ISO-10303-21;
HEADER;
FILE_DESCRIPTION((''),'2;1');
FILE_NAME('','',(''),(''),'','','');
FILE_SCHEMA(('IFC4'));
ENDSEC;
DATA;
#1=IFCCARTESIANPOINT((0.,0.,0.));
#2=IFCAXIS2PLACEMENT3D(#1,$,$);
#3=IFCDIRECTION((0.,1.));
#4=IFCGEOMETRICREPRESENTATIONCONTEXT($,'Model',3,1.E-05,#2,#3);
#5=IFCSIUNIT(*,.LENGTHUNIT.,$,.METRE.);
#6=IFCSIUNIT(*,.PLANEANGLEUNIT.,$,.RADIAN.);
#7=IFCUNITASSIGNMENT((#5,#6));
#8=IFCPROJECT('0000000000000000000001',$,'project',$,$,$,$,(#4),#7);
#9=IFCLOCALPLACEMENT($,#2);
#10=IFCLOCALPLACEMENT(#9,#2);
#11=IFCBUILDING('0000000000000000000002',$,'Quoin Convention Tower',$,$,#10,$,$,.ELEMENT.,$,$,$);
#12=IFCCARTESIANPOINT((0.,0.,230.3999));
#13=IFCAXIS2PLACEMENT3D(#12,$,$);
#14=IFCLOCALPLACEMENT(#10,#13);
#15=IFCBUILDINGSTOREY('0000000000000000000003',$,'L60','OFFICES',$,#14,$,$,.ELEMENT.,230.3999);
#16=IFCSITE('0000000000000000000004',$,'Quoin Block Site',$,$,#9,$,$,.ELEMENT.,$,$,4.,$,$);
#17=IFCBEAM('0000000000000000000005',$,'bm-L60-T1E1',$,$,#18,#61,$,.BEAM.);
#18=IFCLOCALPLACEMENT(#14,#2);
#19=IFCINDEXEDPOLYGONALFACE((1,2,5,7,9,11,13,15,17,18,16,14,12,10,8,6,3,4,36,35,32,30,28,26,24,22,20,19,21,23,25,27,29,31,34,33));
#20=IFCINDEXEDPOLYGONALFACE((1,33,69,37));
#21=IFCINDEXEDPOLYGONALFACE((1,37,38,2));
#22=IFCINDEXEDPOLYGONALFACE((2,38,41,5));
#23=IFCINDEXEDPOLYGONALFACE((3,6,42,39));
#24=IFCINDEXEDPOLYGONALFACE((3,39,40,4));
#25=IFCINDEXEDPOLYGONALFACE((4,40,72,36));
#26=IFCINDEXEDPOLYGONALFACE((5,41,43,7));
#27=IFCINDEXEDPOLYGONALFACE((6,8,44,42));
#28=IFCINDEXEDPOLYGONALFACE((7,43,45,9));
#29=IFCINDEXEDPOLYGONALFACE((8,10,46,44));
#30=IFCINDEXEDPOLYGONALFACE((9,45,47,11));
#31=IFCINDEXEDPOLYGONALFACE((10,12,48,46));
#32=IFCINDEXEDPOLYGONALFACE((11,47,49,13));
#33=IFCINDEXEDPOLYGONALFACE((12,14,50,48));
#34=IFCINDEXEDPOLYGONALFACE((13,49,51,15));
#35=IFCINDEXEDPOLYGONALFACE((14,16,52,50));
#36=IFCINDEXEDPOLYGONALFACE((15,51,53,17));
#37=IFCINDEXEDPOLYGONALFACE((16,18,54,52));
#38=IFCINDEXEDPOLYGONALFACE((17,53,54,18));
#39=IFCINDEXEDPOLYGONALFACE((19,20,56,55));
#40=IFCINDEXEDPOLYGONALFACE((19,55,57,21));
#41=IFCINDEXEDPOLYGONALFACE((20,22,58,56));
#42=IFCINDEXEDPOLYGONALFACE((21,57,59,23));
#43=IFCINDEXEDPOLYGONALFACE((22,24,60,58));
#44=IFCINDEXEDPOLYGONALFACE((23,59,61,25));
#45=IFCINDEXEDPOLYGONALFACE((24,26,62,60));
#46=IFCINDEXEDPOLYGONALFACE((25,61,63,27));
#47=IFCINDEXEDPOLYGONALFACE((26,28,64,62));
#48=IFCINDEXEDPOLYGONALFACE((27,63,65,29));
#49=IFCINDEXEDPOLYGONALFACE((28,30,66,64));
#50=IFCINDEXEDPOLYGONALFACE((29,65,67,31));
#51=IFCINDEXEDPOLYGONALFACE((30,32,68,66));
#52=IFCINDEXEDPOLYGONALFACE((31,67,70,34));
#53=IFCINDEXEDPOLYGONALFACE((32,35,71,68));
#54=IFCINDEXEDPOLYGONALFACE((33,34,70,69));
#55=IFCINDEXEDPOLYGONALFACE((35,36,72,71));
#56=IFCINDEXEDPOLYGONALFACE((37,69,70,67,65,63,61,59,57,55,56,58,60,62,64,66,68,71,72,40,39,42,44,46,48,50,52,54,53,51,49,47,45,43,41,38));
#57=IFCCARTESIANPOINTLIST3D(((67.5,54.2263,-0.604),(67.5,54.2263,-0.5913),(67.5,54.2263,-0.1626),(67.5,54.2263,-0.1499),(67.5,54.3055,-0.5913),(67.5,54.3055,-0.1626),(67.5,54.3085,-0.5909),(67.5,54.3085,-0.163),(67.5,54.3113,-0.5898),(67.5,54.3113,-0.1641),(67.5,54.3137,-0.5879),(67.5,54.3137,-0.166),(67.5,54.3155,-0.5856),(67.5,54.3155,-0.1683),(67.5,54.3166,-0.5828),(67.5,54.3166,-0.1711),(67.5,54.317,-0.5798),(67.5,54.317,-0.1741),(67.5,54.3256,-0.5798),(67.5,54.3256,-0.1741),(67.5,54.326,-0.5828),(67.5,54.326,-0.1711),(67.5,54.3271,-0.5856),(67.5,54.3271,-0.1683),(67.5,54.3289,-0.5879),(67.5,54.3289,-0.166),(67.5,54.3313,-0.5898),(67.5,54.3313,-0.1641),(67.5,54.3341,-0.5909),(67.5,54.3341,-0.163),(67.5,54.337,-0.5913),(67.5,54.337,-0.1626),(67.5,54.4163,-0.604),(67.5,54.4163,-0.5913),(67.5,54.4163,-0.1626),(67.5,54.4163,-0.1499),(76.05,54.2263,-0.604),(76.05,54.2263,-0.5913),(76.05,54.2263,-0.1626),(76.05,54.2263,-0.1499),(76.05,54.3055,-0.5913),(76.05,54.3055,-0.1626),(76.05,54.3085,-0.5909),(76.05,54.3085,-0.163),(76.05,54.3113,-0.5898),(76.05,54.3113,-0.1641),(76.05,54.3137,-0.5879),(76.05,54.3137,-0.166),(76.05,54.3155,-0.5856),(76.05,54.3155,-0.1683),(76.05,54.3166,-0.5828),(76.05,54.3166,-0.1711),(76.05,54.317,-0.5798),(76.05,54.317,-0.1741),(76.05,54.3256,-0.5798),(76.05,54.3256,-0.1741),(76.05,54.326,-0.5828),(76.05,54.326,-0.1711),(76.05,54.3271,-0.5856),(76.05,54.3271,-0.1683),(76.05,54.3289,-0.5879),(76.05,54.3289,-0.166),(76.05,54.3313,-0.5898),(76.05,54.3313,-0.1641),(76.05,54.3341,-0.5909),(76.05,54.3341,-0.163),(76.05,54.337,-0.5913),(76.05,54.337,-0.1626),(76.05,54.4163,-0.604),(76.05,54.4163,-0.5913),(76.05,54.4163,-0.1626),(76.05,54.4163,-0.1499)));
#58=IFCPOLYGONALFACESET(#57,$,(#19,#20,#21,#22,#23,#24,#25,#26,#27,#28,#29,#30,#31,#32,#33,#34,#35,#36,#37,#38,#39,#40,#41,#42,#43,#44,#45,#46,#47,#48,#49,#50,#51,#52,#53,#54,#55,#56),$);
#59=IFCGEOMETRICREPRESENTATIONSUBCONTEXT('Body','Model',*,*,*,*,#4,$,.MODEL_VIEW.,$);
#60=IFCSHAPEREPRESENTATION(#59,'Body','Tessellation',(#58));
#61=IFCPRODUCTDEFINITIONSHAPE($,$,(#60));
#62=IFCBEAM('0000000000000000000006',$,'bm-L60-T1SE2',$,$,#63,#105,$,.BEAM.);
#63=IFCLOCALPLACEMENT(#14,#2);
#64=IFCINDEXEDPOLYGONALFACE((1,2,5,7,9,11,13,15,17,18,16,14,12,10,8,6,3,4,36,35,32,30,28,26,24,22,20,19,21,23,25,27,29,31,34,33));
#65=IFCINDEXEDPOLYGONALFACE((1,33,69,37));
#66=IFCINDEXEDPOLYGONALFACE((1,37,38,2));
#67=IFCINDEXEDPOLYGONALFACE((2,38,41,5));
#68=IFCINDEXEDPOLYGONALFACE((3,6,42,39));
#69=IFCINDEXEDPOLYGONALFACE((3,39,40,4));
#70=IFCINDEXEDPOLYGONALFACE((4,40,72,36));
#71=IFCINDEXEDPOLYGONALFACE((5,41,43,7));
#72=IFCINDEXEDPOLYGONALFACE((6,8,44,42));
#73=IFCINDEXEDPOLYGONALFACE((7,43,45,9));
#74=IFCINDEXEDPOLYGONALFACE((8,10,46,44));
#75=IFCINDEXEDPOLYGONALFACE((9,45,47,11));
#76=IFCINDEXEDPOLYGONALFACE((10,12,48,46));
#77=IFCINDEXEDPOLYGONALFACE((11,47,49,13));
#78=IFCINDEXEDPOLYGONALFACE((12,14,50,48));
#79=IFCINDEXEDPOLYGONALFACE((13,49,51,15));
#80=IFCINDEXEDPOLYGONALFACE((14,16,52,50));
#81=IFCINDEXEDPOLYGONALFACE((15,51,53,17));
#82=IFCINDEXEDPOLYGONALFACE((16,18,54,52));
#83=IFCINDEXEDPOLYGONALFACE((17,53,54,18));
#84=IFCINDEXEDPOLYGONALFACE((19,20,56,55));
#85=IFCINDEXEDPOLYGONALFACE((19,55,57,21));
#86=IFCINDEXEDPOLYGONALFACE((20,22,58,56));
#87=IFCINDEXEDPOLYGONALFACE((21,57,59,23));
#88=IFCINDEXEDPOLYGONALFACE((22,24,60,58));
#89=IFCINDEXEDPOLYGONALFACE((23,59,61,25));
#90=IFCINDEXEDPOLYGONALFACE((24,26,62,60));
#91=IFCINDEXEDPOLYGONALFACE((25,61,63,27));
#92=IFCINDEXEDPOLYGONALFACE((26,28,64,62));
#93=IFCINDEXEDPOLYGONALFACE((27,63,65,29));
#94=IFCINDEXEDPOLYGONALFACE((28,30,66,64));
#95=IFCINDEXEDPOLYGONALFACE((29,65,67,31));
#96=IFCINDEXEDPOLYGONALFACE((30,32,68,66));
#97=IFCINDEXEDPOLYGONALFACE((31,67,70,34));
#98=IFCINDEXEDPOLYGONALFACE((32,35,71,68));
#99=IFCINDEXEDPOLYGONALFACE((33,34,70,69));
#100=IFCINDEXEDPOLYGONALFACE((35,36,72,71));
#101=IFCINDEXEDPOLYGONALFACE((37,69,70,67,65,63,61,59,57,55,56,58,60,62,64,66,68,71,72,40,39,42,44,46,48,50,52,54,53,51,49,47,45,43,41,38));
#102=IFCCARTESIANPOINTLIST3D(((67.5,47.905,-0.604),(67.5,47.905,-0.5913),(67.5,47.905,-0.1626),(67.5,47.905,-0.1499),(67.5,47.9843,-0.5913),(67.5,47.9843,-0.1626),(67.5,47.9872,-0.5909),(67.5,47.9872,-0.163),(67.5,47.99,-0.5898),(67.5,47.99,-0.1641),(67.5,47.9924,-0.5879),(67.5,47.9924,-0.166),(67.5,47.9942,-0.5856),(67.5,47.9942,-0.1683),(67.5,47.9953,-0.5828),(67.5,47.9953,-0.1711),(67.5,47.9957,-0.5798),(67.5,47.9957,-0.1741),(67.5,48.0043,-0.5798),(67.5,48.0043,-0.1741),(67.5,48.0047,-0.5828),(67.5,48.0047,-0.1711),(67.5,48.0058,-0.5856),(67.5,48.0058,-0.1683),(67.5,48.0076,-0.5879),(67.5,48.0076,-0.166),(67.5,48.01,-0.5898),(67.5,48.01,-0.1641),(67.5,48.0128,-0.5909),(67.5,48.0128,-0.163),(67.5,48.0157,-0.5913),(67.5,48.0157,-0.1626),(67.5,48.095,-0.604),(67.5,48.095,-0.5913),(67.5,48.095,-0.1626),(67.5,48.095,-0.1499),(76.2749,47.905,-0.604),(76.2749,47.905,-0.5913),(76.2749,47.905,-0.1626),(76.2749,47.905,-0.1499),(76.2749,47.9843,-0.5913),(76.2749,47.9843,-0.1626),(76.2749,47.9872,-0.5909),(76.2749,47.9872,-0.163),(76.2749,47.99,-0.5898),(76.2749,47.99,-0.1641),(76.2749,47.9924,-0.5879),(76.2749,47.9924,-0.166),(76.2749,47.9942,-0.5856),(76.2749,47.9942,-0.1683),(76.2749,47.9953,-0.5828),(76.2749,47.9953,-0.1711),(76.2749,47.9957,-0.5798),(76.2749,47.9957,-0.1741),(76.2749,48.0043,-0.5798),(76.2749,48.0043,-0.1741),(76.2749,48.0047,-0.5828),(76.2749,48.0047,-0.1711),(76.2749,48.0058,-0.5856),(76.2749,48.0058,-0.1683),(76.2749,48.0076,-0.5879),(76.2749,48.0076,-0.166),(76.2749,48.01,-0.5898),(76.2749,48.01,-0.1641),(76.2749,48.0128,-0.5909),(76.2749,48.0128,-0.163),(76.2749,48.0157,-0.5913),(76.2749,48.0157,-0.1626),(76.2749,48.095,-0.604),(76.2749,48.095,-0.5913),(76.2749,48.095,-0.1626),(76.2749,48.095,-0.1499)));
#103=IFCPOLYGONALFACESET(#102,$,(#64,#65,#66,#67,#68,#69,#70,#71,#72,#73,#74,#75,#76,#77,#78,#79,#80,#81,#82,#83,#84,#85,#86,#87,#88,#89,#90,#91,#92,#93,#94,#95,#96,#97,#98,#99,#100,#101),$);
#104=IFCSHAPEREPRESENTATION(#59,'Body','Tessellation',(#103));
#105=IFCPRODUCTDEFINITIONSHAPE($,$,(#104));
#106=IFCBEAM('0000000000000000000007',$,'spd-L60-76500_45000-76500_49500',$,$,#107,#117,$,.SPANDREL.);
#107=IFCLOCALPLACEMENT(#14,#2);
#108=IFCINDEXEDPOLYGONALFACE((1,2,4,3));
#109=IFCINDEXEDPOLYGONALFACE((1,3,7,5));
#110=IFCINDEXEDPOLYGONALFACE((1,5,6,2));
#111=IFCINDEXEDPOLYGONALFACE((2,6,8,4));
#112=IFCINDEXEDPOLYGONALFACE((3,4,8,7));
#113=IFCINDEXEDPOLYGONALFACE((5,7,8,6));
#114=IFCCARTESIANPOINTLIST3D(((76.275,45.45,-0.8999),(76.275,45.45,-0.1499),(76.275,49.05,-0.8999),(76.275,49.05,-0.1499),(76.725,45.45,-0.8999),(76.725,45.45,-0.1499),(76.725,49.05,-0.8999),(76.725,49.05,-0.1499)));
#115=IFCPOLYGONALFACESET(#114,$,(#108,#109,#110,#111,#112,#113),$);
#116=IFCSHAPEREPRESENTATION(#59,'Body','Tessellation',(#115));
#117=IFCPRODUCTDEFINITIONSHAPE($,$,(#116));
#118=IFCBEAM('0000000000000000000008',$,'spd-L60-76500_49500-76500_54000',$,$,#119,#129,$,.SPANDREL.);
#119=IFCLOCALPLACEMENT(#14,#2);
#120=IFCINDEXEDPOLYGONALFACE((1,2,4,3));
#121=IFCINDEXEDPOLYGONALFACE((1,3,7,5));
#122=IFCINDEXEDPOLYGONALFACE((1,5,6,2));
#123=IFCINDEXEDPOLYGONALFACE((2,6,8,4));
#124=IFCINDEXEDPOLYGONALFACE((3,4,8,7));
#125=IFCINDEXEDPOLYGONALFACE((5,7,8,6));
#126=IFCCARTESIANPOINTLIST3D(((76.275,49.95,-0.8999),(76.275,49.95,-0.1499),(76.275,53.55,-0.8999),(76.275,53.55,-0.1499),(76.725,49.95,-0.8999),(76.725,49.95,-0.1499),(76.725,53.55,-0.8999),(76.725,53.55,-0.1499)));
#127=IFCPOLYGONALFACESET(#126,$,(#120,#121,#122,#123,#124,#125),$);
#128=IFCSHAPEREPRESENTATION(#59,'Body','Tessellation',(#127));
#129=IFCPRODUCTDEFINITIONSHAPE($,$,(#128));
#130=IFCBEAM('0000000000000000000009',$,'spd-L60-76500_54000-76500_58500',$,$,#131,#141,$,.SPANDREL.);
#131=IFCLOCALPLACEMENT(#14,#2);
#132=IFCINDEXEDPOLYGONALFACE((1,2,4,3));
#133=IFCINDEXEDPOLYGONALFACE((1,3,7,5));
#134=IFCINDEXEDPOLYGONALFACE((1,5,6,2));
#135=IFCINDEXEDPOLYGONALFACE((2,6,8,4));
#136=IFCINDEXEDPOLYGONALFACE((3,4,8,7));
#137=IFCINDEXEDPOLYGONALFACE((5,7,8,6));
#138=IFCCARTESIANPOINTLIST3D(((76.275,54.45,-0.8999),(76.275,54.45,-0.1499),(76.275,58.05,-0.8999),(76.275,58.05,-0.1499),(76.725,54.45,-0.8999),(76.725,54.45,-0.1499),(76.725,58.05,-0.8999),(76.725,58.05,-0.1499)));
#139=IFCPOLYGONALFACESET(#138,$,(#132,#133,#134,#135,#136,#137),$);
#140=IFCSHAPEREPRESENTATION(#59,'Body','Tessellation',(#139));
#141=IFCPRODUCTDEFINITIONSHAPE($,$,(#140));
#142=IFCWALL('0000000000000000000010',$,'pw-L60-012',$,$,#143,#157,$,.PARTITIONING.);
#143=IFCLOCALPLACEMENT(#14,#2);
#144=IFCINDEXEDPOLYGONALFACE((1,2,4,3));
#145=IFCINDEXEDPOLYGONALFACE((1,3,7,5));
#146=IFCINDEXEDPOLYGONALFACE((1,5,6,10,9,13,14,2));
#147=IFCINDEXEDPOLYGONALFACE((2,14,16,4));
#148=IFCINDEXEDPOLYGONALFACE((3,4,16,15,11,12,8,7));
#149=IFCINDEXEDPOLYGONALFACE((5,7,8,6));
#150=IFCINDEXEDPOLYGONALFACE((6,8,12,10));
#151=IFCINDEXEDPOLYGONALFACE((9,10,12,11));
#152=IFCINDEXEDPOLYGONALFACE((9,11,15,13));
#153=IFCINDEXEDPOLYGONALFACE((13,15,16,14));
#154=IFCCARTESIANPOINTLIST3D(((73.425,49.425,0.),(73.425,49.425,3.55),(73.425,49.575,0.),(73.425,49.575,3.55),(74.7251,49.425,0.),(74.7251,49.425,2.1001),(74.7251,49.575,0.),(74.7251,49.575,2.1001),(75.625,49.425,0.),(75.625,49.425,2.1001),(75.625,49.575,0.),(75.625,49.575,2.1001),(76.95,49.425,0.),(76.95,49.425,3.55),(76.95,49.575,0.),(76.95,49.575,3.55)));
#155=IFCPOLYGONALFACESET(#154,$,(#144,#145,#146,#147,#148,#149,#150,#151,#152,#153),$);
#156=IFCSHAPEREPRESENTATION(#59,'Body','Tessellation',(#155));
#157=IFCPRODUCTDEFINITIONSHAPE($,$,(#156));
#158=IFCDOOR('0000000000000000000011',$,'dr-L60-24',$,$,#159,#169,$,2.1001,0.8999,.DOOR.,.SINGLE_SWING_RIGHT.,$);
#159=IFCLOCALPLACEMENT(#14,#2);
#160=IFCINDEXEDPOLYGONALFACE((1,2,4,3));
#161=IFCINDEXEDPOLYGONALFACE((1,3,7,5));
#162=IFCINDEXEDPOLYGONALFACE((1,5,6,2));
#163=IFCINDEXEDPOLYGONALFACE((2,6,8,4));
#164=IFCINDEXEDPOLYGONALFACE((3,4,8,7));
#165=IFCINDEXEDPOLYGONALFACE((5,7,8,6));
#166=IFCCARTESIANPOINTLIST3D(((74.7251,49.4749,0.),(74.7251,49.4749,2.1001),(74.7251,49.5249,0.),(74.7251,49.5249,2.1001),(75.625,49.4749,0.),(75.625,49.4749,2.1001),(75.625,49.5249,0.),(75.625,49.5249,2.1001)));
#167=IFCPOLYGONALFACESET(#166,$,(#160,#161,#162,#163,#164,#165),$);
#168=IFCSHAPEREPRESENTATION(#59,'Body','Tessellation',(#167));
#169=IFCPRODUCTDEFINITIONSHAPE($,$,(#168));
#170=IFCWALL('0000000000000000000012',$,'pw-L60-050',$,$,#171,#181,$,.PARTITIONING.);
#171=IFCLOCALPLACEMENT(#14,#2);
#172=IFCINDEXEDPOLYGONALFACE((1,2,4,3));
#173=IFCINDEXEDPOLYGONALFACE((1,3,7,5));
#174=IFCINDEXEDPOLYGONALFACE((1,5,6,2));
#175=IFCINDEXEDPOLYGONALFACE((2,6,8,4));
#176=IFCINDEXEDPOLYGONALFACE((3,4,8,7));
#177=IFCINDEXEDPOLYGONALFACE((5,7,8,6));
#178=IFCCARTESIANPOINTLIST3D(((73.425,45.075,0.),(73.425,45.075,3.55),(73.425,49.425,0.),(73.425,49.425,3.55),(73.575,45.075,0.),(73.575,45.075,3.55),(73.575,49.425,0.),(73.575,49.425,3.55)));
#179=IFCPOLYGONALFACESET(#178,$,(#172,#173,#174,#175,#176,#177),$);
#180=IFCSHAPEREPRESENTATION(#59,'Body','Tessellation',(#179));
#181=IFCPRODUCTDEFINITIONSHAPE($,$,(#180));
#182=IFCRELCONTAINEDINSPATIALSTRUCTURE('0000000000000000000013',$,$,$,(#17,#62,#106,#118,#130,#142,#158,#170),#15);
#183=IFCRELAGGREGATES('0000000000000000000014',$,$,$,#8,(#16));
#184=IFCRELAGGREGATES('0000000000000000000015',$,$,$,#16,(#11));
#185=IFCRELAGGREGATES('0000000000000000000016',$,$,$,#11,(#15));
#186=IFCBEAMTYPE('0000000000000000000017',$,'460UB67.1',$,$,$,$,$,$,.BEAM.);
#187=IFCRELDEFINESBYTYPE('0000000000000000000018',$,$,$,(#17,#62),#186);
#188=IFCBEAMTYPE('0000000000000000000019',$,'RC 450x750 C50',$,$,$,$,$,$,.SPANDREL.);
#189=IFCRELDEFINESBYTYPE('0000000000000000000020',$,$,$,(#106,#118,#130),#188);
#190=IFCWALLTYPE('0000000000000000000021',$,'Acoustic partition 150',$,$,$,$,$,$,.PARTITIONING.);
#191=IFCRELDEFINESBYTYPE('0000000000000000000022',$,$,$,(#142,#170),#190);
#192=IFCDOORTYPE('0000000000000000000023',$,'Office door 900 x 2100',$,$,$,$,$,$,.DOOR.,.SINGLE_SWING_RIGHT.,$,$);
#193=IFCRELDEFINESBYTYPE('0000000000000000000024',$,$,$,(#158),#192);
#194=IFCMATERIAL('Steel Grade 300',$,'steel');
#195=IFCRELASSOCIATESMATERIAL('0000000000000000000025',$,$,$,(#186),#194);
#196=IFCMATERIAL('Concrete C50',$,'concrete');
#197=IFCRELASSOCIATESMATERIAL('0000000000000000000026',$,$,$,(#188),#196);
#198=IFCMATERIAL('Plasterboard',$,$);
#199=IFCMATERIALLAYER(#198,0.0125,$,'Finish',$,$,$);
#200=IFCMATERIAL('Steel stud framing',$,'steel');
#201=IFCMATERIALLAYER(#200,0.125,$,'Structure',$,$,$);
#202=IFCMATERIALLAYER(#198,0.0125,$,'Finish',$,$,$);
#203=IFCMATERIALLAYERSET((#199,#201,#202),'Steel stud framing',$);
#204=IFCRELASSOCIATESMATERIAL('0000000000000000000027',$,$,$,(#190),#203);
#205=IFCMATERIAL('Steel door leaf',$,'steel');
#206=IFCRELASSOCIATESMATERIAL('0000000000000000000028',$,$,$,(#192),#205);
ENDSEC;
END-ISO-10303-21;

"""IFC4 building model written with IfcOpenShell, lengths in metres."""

from ifc_helpers import new_model, si_unit, direction, frame, frame_2d, origin, origin_2d, place, context, subcontext, project, spatial, rectangle, i_section, extrude, material, layer, layer_set, material_profile, profile_set, type_object, element, fill, save


model = new_model("IFC4")

# Units and contexts
model_context = context("Model", 3, precision=1e-05, world=origin(), true_north=direction((0.0, 1.0)))
body_context = subcontext(model_context, "Body", "Model", "MODEL_VIEW")
ifc_project = project(units=[si_unit("LENGTHUNIT", "METRE"), si_unit("PLANEANGLEUNIT", "RADIAN")], contexts=[model_context])

# Site, building, storey
site_placement = place(None, origin())
site = spatial("IfcSite", under=ifc_project, at=site_placement, Name="Quoin Block Site", CompositionType="ELEMENT", RefElevation=4.0)
building_placement = place(site_placement, origin())
building = spatial("IfcBuilding", under=site, at=building_placement, Name="Quoin Convention Tower", CompositionType="ELEMENT")
storey_placement = place(building_placement, frame((0.0, 0.0, 230.3999)))
storey = spatial("IfcBuildingStorey", under=building, at=storey_placement, Name="L60", Description="OFFICES", CompositionType="ELEMENT", Elevation=230.3999)

# Shared definitions
ifc_material_1 = material(Name="Concrete C50", Category="concrete")

# Beams
ifc_material_2 = material(Name="Steel Grade 300", Category="steel")
ifc_material_profile_1 = material_profile(ifc_material_2, i_section(OverallWidth=0.1899, OverallDepth=0.4541, WebThickness=0.0085, FlangeThickness=0.0127, FilletRadius=0.0115, at=origin_2d()), Name="460UB67.1")
ifc_profile_set_1 = profile_set([ifc_material_profile_1], Name="Steel Grade 300")
beam_type_1 = type_object("IfcBeamType", Name="460UB67.1", PredefinedType="BEAM", material=ifc_profile_set_1)
beam_1_placement = place(storey_placement, frame((67.5, 54.3213, -0.377), z_axis=(1.0, 0.0, 0.0), x_axis=(0.0, 1.0, 0.0)))
element("IfcBeam", 1, at=beam_1_placement, inside=storey, type_object=beam_type_1, Name="bm-L60-T1E1", PredefinedType="BEAM", context=body_context, shape_type="SweptSolid", body=[
    extrude(i_section(OverallWidth=0.1899, OverallDepth=0.4541, WebThickness=0.0085, FlangeThickness=0.0127, FilletRadius=0.0115, at=origin_2d()), origin(), (0.0, 0.0, 1.0), 8.55),
])
beam_2_placement = place(storey_placement, frame((67.5, 48.0, -0.377), z_axis=(1.0, 0.0, 0.0), x_axis=(0.0, 1.0, 0.0)))
element("IfcBeam", 2, at=beam_2_placement, inside=storey, type_object=beam_type_1, Name="bm-L60-T1SE2", PredefinedType="BEAM", context=body_context, shape_type="SweptSolid", body=[
    extrude(i_section(OverallWidth=0.1899, OverallDepth=0.4541, WebThickness=0.0085, FlangeThickness=0.0127, FilletRadius=0.0115, at=origin_2d()), origin(), (0.0, 0.0, 1.0), 8.7749),
])
ifc_material_profile_2 = material_profile(ifc_material_1, rectangle(XDim=0.45, YDim=0.75, at=origin_2d()), Name="RC 450x750")
ifc_profile_set_2 = profile_set([ifc_material_profile_2], Name="Concrete C50")
beam_type_2 = type_object("IfcBeamType", Name="RC 450x750 C50", PredefinedType="SPANDREL", material=ifc_profile_set_2)
for number, where, z_axis, x_axis, name in (
    (3, (76.5, 45.45, -0.5249), (0.0, 1.0, 0.0), (-1.0, 0.0, 0.0), "spd-L60-76500_45000-76500_49500"),
    (4, (76.5, 49.95, -0.5249), (0.0, 1.0, 0.0), (-1.0, 0.0, 0.0), "spd-L60-76500_49500-76500_54000"),
    (5, (76.5, 54.45, -0.5249), (0.0, 1.0, 0.0), (-1.0, 0.0, 0.0), "spd-L60-76500_54000-76500_58500"),
):
    element("IfcBeam", number, at=place(storey_placement, frame(where, z_axis=z_axis, x_axis=x_axis)), inside=storey, type_object=beam_type_2, Name=name, PredefinedType="SPANDREL", context=body_context, shape_type="SweptSolid", body=[
        extrude(rectangle(XDim=0.45, YDim=0.75, at=origin_2d()), origin(), (0.0, 0.0, 1.0), 3.6001),
    ])

# Wall, opening, door
ifc_material_3 = material(Name="Plasterboard")
ifc_layer_1 = layer(ifc_material_3, 0.0125, Name="Finish")
ifc_material_4 = material(Name="Steel stud framing", Category="steel")
ifc_layer_2 = layer(ifc_material_4, 0.125, Name="Structure")
ifc_layer_3 = layer(ifc_material_3, 0.0125, Name="Finish")
ifc_layer_set_1 = layer_set([ifc_layer_1, ifc_layer_2, ifc_layer_3], Name="Steel stud framing")
wall_type_1 = type_object("IfcWallType", Name="Acoustic partition 150", PredefinedType="PARTITIONING", material=ifc_layer_set_1)
wall_1_placement = place(storey_placement, frame((73.425, 49.5, 0.0), z_axis=(0.0, 0.0, 1.0), x_axis=(1.0, 0.0, 0.0)))
wall_1 = element("IfcWall", 6, at=wall_1_placement, inside=storey, type_object=wall_type_1, Name="pw-L60-012", PredefinedType="PARTITIONING", context=body_context, shape_type="SweptSolid", body=[
    extrude(rectangle(XDim=3.5249, YDim=0.1499, at=frame_2d((1.7625, 0.0))), origin(), (0.0, 0.0, 1.0), 3.55),
])
opening_1_placement = place(wall_1_placement, frame((1.3, 0.0, 0.0)))
opening_1 = element("IfcOpeningElement", 7, at=opening_1_placement, cuts=wall_1, PredefinedType="OPENING", context=body_context, shape_type="SweptSolid", body=[
    extrude(rectangle(XDim=0.8999, YDim=2.1001, at=frame_2d((0.45, 1.05))), frame((0.0, 0.085, 0.0), z_axis=(0.0, -1.0, 0.0), x_axis=(1.0, 0.0, 0.0)), (0.0, 0.0, 1.0), 0.1699),
])
ifc_material_5 = material(Name="Steel door leaf", Category="steel")
door_type_1 = type_object("IfcDoorType", Name="Office door 900 x 2100", OperationType="SINGLE_SWING_RIGHT", PredefinedType="DOOR", material=ifc_material_5)
door_1_placement = place(opening_1_placement, origin())
door_1 = element("IfcDoor", 8, at=door_1_placement, inside=storey, type_object=door_type_1, Name="dr-L60-24", OperationType="SINGLE_SWING_RIGHT", OverallHeight=2.1001, OverallWidth=0.8999, PredefinedType="DOOR", context=body_context, shape_type="SweptSolid", body=[
    extrude(rectangle(XDim=0.8999, YDim=2.1001, at=frame_2d((0.45, 1.05))), frame((0.0, 0.0249, 0.0), z_axis=(0.0, -1.0, 0.0), x_axis=(1.0, 0.0, 0.0)), (0.0, 0.0, 1.0), 0.05),
])
fill(opening_1, door_1)

# Wall
wall_2_placement = place(storey_placement, frame((73.5, 45.075, 0.0), z_axis=(0.0, 0.0, 1.0), x_axis=(0.0, 1.0, 0.0)))
element("IfcWall", 9, at=wall_2_placement, inside=storey, type_object=wall_type_1, Name="pw-L60-050", PredefinedType="PARTITIONING", context=body_context, shape_type="SweptSolid", body=[
    extrude(rectangle(XDim=4.3501, YDim=0.1499, at=frame_2d((2.175, 0.0))), origin(), (0.0, 0.0, 1.0), 3.55),
])

save(model, "model.ifc")
